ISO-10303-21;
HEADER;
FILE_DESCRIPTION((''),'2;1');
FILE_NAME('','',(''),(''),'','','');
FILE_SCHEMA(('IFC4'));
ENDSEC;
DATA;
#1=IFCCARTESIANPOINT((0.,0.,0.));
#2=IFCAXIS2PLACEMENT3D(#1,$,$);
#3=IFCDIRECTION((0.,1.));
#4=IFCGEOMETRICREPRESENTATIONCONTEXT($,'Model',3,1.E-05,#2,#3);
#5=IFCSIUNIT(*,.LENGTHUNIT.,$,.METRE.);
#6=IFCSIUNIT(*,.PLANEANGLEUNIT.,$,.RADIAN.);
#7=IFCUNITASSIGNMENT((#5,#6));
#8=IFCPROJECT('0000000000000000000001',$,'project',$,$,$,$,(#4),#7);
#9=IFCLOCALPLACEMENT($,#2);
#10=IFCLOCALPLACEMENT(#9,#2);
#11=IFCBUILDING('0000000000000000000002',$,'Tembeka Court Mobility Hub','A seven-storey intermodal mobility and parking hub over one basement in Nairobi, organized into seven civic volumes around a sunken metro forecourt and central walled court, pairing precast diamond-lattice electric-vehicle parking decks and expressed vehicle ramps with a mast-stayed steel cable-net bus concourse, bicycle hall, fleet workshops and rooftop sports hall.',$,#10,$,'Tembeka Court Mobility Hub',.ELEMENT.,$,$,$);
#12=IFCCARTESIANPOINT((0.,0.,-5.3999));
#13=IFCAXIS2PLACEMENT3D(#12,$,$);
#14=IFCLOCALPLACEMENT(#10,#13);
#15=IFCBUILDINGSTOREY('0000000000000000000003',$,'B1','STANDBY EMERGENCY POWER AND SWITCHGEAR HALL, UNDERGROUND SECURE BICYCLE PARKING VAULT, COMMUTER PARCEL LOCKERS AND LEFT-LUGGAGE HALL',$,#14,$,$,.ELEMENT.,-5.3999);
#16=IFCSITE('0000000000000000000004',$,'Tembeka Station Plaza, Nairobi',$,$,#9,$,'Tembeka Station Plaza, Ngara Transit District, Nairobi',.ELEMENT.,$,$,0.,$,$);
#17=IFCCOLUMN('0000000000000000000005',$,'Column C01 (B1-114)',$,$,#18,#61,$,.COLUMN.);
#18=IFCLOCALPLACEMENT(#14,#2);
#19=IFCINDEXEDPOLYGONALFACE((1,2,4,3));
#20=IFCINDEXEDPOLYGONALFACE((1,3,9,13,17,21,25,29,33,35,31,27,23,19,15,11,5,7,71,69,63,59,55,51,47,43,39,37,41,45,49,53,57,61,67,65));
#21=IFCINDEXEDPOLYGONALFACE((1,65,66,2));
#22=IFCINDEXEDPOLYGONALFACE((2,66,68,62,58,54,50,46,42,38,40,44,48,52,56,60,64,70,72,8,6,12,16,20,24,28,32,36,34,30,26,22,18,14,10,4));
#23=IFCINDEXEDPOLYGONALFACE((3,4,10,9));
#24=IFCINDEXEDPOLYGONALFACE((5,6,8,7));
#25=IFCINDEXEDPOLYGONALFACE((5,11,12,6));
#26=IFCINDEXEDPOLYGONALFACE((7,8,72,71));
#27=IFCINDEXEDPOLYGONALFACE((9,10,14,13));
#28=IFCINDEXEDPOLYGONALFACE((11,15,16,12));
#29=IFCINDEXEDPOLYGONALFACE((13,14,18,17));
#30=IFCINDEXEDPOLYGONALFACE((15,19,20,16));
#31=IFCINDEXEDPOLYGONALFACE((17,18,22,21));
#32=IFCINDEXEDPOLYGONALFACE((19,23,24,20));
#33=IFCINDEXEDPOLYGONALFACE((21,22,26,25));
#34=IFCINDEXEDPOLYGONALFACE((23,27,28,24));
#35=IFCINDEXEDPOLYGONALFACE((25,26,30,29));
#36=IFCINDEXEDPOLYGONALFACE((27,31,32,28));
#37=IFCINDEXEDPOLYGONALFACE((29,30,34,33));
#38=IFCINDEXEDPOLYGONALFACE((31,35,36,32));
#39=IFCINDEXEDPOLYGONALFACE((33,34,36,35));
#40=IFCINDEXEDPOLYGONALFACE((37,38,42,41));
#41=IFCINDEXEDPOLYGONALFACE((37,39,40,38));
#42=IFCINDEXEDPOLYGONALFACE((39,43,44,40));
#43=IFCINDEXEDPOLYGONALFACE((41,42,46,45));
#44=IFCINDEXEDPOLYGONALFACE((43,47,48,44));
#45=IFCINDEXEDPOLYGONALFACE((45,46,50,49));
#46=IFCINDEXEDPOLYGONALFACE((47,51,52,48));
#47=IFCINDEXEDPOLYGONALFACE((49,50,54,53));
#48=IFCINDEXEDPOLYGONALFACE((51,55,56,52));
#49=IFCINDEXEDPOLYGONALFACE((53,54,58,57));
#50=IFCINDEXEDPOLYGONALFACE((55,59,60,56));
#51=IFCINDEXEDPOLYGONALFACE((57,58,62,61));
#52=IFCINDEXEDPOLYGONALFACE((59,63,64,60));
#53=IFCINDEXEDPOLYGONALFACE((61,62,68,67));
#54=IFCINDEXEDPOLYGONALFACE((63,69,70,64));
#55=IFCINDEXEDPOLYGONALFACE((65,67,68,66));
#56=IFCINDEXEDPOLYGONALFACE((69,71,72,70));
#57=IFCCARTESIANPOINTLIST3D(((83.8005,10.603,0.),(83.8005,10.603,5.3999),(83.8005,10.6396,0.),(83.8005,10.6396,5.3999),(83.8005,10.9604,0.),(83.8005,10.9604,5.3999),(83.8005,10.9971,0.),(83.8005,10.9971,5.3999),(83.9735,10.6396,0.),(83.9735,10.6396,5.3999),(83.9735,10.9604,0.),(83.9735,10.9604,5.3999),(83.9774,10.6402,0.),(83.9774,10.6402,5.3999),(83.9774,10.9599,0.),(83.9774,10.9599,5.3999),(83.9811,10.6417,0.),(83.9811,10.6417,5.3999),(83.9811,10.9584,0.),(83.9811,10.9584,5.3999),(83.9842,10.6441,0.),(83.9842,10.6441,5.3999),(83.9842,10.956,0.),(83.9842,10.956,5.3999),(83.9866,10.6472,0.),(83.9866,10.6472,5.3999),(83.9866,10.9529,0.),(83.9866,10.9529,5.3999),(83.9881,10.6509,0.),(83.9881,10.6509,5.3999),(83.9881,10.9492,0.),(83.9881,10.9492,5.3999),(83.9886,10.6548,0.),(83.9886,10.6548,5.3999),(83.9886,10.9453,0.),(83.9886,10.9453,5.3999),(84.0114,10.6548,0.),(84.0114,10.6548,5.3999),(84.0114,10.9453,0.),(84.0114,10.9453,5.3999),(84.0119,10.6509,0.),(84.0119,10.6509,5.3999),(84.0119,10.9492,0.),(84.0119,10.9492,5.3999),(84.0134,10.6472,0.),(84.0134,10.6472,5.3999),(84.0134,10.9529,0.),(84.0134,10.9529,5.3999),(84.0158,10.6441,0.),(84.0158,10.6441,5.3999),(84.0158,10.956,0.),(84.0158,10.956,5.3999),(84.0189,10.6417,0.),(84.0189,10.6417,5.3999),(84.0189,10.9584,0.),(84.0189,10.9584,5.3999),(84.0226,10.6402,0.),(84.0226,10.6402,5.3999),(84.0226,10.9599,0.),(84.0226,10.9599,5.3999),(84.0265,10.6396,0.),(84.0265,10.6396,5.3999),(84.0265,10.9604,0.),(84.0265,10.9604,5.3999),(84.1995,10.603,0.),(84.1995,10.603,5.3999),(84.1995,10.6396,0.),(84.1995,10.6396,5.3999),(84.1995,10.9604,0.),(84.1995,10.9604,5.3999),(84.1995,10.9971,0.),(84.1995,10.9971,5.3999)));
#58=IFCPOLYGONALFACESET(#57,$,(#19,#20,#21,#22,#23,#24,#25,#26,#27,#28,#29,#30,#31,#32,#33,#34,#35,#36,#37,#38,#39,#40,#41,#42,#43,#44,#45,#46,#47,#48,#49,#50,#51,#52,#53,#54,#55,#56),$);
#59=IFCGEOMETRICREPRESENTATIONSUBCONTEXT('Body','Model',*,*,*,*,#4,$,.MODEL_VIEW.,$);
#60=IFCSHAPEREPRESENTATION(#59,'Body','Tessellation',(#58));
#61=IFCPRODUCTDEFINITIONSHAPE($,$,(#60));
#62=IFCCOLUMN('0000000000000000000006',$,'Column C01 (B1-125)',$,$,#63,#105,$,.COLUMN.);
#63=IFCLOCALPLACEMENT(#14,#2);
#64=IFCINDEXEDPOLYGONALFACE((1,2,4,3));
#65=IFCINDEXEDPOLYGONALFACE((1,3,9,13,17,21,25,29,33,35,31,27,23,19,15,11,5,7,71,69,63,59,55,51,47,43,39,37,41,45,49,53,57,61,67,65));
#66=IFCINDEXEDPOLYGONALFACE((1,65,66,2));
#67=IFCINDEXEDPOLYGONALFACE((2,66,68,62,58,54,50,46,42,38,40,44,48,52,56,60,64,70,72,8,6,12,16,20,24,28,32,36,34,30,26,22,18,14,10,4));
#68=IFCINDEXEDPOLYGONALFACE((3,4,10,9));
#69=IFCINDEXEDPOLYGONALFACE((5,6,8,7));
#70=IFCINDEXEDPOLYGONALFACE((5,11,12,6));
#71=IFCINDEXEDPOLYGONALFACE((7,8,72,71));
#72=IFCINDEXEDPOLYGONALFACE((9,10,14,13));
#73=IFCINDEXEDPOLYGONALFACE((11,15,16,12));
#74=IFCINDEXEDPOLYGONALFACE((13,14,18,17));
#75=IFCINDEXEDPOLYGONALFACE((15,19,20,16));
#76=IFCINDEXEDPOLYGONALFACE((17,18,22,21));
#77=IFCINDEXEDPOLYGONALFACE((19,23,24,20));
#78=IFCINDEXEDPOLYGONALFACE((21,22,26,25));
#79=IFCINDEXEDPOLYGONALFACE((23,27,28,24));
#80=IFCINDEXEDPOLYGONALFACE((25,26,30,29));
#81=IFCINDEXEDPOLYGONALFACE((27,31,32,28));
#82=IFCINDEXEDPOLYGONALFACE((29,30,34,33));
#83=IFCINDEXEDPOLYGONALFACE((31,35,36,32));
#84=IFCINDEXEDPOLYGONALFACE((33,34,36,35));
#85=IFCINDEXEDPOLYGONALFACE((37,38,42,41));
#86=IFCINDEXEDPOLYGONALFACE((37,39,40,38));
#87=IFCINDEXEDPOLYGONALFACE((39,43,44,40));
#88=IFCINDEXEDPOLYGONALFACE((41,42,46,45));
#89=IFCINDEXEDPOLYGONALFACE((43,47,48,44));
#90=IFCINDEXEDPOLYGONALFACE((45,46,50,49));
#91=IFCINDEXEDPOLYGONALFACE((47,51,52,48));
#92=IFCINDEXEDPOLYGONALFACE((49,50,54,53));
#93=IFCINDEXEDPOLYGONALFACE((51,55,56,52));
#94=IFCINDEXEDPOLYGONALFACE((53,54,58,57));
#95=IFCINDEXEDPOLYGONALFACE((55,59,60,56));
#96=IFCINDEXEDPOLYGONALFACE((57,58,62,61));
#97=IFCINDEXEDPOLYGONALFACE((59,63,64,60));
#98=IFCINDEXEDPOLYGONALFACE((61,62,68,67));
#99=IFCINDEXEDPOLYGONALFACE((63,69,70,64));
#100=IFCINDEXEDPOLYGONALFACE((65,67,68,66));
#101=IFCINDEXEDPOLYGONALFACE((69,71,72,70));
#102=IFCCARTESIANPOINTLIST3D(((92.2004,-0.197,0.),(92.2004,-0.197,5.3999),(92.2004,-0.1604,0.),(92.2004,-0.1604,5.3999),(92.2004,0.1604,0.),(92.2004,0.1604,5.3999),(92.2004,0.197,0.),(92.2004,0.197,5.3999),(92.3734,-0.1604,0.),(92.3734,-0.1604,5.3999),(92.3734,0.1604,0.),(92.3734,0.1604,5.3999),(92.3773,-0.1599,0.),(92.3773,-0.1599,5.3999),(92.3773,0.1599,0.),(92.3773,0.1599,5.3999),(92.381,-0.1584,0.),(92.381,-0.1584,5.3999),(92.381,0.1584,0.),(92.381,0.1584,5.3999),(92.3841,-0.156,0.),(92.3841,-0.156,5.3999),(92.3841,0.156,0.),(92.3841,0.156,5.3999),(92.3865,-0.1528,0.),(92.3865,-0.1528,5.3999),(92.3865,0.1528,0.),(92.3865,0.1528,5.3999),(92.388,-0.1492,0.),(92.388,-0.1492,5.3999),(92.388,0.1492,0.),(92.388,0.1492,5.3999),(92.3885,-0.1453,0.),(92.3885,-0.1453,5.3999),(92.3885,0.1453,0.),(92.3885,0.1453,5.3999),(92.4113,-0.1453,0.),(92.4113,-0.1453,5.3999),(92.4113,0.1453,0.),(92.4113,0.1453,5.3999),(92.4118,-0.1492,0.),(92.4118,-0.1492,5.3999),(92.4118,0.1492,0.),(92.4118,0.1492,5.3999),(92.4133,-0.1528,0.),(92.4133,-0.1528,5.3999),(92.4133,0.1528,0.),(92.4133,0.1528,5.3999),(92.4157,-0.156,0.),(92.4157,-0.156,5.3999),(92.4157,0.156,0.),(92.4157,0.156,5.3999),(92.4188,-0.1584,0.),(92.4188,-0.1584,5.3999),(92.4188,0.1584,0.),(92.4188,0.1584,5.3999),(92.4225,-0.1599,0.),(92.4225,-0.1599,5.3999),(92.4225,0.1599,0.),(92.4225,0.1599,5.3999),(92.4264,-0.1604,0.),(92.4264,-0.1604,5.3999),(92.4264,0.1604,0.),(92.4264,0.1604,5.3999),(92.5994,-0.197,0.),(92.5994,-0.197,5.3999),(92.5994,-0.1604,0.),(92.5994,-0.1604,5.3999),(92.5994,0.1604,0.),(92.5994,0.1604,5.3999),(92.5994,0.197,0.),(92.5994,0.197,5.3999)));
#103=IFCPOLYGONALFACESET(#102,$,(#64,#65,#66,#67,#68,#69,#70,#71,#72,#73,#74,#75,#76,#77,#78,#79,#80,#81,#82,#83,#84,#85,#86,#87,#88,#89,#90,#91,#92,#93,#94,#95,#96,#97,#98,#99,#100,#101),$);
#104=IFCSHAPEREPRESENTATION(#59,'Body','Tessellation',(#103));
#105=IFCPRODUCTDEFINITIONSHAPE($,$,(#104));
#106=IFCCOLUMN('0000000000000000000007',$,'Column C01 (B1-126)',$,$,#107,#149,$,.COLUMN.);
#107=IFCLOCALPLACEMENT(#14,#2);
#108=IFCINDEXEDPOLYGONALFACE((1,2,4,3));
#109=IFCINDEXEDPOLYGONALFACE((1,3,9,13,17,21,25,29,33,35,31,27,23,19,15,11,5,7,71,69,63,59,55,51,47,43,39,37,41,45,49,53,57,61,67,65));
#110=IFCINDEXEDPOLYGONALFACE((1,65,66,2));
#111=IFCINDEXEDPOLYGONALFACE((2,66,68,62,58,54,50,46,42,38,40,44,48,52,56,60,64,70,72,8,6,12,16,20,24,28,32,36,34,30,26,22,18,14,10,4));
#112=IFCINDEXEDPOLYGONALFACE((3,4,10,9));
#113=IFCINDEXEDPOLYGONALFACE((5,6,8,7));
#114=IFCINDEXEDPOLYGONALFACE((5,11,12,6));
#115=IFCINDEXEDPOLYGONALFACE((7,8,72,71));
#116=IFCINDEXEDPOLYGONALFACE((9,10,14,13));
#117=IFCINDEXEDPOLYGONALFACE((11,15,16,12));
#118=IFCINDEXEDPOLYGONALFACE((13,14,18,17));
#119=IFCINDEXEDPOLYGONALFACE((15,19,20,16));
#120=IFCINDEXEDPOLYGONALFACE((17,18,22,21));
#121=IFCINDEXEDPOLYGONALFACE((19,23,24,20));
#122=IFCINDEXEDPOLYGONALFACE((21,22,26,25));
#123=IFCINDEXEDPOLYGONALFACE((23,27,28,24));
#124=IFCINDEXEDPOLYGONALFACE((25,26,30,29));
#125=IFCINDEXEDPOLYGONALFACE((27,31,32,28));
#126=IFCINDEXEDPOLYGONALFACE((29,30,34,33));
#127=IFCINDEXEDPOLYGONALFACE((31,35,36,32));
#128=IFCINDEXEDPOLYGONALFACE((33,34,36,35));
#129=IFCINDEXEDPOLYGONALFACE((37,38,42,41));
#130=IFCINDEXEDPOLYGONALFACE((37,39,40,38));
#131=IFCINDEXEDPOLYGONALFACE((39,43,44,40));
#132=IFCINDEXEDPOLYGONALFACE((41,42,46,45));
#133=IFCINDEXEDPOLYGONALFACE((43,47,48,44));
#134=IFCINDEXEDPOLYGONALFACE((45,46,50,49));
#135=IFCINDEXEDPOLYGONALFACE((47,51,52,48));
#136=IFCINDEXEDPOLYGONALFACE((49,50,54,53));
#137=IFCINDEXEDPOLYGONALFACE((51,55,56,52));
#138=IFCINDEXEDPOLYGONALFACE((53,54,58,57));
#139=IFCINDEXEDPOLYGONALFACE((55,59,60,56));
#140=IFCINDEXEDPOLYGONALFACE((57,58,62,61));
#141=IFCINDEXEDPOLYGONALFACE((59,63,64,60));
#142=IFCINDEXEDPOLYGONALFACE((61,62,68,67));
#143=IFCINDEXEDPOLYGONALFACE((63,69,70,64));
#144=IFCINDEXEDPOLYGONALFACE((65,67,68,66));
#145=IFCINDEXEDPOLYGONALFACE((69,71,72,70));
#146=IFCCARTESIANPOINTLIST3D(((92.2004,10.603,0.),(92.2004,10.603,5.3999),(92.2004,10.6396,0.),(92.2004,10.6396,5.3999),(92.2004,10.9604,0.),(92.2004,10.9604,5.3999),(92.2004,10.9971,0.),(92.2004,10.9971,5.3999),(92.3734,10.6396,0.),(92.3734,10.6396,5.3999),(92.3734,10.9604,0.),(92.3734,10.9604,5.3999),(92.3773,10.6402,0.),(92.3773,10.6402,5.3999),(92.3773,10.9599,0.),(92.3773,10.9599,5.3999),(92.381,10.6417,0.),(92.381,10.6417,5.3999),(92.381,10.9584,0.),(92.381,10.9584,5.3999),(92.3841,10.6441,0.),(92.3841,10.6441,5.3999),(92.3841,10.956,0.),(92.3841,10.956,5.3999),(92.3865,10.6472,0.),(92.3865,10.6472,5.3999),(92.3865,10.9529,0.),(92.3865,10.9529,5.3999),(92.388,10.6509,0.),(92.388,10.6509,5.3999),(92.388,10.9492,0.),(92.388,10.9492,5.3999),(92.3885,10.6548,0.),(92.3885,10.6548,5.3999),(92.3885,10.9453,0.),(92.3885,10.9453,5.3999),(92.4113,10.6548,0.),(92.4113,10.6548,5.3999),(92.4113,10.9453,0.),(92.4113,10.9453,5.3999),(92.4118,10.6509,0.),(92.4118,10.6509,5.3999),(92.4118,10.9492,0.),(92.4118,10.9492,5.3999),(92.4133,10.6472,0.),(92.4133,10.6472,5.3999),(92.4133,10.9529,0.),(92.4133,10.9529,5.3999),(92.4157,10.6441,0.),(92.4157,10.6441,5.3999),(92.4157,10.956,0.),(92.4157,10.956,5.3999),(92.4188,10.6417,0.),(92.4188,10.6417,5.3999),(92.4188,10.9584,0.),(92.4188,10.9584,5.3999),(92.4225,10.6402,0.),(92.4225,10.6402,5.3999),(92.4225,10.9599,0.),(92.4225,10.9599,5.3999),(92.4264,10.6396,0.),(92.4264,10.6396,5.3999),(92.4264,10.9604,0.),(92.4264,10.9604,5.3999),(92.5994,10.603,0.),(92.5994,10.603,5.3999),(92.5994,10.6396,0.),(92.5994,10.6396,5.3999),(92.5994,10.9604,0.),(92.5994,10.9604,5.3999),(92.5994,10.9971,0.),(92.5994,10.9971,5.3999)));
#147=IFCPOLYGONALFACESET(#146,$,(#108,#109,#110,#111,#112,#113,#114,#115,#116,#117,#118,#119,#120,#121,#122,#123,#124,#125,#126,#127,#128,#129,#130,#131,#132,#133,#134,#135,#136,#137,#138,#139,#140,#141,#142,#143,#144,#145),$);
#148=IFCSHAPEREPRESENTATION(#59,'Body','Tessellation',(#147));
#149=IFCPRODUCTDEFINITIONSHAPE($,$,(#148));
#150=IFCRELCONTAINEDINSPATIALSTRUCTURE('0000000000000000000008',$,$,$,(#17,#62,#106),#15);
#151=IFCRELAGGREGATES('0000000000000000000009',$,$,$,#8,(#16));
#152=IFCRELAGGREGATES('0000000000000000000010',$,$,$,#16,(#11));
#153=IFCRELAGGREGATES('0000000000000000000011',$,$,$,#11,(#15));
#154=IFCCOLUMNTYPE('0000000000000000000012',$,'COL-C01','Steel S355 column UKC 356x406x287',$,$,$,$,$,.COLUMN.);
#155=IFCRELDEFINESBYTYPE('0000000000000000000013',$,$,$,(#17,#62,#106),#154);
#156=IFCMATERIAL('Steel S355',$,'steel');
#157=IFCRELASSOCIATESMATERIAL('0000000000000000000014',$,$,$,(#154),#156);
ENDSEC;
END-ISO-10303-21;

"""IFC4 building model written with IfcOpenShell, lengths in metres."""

from ifc_helpers import new_model, si_unit, direction, frame, origin, origin_2d, place, context, subcontext, project, spatial, i_section, extrude, material, material_profile, profile_set, type_object, element, save


model = new_model("IFC4")

# Units and contexts
model_context = context("Model", 3, precision=1e-05, world=origin(), true_north=direction((0.0, 1.0)))
body_context = subcontext(model_context, "Body", "Model", "MODEL_VIEW")
ifc_project = project(units=[si_unit("LENGTHUNIT", "METRE"), si_unit("PLANEANGLEUNIT", "RADIAN")], contexts=[model_context])

# Site, building, storey
site_placement = place(None, origin())
site = spatial("IfcSite", under=ifc_project, at=site_placement, Name="Tembeka Station Plaza, Nairobi", LongName="Tembeka Station Plaza, Ngara Transit District, Nairobi", CompositionType="ELEMENT", RefElevation=0.0)
building_placement = place(site_placement, origin())
building = spatial("IfcBuilding", under=site, at=building_placement, Name="Tembeka Court Mobility Hub", Description="A seven-storey intermodal mobility and parking hub over one basement in Nairobi, organized into seven civic volumes around a sunken metro forecourt and central walled court, pairing precast diamond-lattice electric-vehicle parking decks and expressed vehicle ramps with a mast-stayed steel cable-net bus concourse, bicycle hall, fleet workshops and rooftop sports hall.", LongName="Tembeka Court Mobility Hub", CompositionType="ELEMENT")
storey_placement = place(building_placement, frame((0.0, 0.0, -5.3999)))
storey = spatial("IfcBuildingStorey", under=building, at=storey_placement, Name="B1", Description="STANDBY EMERGENCY POWER AND SWITCHGEAR HALL, UNDERGROUND SECURE BICYCLE PARKING VAULT, COMMUTER PARCEL LOCKERS AND LEFT-LUGGAGE HALL", CompositionType="ELEMENT", Elevation=-5.3999)

# Columns
ifc_material_1 = material(Name="Steel S355", Category="steel")
ifc_material_profile_1 = material_profile(ifc_material_1, i_section(OverallWidth=0.3989, OverallDepth=0.394, WebThickness=0.0227, FlangeThickness=0.0366, FilletRadius=0.0151, at=origin_2d()), Name="UKC 356x406x287")
ifc_profile_set_1 = profile_set([ifc_material_profile_1], Name="Steel S355")
column_type = type_object("IfcColumnType", Name="COL-C01", Description="Steel S355 column UKC 356x406x287", PredefinedType="COLUMN", material=ifc_profile_set_1)
for number, where, z_axis, x_axis, name in (
    (1, (84.0, 10.8, 0.0), (0.0, 0.0, 1.0), (1.0, 0.0, 0.0), "Column C01 (B1-114)"),
    (2, (92.3999, 0.0, 0.0), (0.0, 0.0, 1.0), (1.0, 0.0, 0.0), "Column C01 (B1-125)"),
    (3, (92.3999, 10.8, 0.0), (0.0, 0.0, 1.0), (1.0, 0.0, 0.0), "Column C01 (B1-126)"),
):
    element("IfcColumn", number, at=place(storey_placement, frame(where, z_axis=z_axis, x_axis=x_axis)), inside=storey, type_object=column_type, Name=name, PredefinedType="COLUMN", context=body_context, shape_type="SweptSolid", body=[
        extrude(i_section(OverallWidth=0.3989, OverallDepth=0.394, WebThickness=0.0227, FlangeThickness=0.0366, FilletRadius=0.0151, at=origin_2d()), origin(), (0.0, 0.0, 1.0), 5.3999),
    ])

save(model, "model.ifc")
